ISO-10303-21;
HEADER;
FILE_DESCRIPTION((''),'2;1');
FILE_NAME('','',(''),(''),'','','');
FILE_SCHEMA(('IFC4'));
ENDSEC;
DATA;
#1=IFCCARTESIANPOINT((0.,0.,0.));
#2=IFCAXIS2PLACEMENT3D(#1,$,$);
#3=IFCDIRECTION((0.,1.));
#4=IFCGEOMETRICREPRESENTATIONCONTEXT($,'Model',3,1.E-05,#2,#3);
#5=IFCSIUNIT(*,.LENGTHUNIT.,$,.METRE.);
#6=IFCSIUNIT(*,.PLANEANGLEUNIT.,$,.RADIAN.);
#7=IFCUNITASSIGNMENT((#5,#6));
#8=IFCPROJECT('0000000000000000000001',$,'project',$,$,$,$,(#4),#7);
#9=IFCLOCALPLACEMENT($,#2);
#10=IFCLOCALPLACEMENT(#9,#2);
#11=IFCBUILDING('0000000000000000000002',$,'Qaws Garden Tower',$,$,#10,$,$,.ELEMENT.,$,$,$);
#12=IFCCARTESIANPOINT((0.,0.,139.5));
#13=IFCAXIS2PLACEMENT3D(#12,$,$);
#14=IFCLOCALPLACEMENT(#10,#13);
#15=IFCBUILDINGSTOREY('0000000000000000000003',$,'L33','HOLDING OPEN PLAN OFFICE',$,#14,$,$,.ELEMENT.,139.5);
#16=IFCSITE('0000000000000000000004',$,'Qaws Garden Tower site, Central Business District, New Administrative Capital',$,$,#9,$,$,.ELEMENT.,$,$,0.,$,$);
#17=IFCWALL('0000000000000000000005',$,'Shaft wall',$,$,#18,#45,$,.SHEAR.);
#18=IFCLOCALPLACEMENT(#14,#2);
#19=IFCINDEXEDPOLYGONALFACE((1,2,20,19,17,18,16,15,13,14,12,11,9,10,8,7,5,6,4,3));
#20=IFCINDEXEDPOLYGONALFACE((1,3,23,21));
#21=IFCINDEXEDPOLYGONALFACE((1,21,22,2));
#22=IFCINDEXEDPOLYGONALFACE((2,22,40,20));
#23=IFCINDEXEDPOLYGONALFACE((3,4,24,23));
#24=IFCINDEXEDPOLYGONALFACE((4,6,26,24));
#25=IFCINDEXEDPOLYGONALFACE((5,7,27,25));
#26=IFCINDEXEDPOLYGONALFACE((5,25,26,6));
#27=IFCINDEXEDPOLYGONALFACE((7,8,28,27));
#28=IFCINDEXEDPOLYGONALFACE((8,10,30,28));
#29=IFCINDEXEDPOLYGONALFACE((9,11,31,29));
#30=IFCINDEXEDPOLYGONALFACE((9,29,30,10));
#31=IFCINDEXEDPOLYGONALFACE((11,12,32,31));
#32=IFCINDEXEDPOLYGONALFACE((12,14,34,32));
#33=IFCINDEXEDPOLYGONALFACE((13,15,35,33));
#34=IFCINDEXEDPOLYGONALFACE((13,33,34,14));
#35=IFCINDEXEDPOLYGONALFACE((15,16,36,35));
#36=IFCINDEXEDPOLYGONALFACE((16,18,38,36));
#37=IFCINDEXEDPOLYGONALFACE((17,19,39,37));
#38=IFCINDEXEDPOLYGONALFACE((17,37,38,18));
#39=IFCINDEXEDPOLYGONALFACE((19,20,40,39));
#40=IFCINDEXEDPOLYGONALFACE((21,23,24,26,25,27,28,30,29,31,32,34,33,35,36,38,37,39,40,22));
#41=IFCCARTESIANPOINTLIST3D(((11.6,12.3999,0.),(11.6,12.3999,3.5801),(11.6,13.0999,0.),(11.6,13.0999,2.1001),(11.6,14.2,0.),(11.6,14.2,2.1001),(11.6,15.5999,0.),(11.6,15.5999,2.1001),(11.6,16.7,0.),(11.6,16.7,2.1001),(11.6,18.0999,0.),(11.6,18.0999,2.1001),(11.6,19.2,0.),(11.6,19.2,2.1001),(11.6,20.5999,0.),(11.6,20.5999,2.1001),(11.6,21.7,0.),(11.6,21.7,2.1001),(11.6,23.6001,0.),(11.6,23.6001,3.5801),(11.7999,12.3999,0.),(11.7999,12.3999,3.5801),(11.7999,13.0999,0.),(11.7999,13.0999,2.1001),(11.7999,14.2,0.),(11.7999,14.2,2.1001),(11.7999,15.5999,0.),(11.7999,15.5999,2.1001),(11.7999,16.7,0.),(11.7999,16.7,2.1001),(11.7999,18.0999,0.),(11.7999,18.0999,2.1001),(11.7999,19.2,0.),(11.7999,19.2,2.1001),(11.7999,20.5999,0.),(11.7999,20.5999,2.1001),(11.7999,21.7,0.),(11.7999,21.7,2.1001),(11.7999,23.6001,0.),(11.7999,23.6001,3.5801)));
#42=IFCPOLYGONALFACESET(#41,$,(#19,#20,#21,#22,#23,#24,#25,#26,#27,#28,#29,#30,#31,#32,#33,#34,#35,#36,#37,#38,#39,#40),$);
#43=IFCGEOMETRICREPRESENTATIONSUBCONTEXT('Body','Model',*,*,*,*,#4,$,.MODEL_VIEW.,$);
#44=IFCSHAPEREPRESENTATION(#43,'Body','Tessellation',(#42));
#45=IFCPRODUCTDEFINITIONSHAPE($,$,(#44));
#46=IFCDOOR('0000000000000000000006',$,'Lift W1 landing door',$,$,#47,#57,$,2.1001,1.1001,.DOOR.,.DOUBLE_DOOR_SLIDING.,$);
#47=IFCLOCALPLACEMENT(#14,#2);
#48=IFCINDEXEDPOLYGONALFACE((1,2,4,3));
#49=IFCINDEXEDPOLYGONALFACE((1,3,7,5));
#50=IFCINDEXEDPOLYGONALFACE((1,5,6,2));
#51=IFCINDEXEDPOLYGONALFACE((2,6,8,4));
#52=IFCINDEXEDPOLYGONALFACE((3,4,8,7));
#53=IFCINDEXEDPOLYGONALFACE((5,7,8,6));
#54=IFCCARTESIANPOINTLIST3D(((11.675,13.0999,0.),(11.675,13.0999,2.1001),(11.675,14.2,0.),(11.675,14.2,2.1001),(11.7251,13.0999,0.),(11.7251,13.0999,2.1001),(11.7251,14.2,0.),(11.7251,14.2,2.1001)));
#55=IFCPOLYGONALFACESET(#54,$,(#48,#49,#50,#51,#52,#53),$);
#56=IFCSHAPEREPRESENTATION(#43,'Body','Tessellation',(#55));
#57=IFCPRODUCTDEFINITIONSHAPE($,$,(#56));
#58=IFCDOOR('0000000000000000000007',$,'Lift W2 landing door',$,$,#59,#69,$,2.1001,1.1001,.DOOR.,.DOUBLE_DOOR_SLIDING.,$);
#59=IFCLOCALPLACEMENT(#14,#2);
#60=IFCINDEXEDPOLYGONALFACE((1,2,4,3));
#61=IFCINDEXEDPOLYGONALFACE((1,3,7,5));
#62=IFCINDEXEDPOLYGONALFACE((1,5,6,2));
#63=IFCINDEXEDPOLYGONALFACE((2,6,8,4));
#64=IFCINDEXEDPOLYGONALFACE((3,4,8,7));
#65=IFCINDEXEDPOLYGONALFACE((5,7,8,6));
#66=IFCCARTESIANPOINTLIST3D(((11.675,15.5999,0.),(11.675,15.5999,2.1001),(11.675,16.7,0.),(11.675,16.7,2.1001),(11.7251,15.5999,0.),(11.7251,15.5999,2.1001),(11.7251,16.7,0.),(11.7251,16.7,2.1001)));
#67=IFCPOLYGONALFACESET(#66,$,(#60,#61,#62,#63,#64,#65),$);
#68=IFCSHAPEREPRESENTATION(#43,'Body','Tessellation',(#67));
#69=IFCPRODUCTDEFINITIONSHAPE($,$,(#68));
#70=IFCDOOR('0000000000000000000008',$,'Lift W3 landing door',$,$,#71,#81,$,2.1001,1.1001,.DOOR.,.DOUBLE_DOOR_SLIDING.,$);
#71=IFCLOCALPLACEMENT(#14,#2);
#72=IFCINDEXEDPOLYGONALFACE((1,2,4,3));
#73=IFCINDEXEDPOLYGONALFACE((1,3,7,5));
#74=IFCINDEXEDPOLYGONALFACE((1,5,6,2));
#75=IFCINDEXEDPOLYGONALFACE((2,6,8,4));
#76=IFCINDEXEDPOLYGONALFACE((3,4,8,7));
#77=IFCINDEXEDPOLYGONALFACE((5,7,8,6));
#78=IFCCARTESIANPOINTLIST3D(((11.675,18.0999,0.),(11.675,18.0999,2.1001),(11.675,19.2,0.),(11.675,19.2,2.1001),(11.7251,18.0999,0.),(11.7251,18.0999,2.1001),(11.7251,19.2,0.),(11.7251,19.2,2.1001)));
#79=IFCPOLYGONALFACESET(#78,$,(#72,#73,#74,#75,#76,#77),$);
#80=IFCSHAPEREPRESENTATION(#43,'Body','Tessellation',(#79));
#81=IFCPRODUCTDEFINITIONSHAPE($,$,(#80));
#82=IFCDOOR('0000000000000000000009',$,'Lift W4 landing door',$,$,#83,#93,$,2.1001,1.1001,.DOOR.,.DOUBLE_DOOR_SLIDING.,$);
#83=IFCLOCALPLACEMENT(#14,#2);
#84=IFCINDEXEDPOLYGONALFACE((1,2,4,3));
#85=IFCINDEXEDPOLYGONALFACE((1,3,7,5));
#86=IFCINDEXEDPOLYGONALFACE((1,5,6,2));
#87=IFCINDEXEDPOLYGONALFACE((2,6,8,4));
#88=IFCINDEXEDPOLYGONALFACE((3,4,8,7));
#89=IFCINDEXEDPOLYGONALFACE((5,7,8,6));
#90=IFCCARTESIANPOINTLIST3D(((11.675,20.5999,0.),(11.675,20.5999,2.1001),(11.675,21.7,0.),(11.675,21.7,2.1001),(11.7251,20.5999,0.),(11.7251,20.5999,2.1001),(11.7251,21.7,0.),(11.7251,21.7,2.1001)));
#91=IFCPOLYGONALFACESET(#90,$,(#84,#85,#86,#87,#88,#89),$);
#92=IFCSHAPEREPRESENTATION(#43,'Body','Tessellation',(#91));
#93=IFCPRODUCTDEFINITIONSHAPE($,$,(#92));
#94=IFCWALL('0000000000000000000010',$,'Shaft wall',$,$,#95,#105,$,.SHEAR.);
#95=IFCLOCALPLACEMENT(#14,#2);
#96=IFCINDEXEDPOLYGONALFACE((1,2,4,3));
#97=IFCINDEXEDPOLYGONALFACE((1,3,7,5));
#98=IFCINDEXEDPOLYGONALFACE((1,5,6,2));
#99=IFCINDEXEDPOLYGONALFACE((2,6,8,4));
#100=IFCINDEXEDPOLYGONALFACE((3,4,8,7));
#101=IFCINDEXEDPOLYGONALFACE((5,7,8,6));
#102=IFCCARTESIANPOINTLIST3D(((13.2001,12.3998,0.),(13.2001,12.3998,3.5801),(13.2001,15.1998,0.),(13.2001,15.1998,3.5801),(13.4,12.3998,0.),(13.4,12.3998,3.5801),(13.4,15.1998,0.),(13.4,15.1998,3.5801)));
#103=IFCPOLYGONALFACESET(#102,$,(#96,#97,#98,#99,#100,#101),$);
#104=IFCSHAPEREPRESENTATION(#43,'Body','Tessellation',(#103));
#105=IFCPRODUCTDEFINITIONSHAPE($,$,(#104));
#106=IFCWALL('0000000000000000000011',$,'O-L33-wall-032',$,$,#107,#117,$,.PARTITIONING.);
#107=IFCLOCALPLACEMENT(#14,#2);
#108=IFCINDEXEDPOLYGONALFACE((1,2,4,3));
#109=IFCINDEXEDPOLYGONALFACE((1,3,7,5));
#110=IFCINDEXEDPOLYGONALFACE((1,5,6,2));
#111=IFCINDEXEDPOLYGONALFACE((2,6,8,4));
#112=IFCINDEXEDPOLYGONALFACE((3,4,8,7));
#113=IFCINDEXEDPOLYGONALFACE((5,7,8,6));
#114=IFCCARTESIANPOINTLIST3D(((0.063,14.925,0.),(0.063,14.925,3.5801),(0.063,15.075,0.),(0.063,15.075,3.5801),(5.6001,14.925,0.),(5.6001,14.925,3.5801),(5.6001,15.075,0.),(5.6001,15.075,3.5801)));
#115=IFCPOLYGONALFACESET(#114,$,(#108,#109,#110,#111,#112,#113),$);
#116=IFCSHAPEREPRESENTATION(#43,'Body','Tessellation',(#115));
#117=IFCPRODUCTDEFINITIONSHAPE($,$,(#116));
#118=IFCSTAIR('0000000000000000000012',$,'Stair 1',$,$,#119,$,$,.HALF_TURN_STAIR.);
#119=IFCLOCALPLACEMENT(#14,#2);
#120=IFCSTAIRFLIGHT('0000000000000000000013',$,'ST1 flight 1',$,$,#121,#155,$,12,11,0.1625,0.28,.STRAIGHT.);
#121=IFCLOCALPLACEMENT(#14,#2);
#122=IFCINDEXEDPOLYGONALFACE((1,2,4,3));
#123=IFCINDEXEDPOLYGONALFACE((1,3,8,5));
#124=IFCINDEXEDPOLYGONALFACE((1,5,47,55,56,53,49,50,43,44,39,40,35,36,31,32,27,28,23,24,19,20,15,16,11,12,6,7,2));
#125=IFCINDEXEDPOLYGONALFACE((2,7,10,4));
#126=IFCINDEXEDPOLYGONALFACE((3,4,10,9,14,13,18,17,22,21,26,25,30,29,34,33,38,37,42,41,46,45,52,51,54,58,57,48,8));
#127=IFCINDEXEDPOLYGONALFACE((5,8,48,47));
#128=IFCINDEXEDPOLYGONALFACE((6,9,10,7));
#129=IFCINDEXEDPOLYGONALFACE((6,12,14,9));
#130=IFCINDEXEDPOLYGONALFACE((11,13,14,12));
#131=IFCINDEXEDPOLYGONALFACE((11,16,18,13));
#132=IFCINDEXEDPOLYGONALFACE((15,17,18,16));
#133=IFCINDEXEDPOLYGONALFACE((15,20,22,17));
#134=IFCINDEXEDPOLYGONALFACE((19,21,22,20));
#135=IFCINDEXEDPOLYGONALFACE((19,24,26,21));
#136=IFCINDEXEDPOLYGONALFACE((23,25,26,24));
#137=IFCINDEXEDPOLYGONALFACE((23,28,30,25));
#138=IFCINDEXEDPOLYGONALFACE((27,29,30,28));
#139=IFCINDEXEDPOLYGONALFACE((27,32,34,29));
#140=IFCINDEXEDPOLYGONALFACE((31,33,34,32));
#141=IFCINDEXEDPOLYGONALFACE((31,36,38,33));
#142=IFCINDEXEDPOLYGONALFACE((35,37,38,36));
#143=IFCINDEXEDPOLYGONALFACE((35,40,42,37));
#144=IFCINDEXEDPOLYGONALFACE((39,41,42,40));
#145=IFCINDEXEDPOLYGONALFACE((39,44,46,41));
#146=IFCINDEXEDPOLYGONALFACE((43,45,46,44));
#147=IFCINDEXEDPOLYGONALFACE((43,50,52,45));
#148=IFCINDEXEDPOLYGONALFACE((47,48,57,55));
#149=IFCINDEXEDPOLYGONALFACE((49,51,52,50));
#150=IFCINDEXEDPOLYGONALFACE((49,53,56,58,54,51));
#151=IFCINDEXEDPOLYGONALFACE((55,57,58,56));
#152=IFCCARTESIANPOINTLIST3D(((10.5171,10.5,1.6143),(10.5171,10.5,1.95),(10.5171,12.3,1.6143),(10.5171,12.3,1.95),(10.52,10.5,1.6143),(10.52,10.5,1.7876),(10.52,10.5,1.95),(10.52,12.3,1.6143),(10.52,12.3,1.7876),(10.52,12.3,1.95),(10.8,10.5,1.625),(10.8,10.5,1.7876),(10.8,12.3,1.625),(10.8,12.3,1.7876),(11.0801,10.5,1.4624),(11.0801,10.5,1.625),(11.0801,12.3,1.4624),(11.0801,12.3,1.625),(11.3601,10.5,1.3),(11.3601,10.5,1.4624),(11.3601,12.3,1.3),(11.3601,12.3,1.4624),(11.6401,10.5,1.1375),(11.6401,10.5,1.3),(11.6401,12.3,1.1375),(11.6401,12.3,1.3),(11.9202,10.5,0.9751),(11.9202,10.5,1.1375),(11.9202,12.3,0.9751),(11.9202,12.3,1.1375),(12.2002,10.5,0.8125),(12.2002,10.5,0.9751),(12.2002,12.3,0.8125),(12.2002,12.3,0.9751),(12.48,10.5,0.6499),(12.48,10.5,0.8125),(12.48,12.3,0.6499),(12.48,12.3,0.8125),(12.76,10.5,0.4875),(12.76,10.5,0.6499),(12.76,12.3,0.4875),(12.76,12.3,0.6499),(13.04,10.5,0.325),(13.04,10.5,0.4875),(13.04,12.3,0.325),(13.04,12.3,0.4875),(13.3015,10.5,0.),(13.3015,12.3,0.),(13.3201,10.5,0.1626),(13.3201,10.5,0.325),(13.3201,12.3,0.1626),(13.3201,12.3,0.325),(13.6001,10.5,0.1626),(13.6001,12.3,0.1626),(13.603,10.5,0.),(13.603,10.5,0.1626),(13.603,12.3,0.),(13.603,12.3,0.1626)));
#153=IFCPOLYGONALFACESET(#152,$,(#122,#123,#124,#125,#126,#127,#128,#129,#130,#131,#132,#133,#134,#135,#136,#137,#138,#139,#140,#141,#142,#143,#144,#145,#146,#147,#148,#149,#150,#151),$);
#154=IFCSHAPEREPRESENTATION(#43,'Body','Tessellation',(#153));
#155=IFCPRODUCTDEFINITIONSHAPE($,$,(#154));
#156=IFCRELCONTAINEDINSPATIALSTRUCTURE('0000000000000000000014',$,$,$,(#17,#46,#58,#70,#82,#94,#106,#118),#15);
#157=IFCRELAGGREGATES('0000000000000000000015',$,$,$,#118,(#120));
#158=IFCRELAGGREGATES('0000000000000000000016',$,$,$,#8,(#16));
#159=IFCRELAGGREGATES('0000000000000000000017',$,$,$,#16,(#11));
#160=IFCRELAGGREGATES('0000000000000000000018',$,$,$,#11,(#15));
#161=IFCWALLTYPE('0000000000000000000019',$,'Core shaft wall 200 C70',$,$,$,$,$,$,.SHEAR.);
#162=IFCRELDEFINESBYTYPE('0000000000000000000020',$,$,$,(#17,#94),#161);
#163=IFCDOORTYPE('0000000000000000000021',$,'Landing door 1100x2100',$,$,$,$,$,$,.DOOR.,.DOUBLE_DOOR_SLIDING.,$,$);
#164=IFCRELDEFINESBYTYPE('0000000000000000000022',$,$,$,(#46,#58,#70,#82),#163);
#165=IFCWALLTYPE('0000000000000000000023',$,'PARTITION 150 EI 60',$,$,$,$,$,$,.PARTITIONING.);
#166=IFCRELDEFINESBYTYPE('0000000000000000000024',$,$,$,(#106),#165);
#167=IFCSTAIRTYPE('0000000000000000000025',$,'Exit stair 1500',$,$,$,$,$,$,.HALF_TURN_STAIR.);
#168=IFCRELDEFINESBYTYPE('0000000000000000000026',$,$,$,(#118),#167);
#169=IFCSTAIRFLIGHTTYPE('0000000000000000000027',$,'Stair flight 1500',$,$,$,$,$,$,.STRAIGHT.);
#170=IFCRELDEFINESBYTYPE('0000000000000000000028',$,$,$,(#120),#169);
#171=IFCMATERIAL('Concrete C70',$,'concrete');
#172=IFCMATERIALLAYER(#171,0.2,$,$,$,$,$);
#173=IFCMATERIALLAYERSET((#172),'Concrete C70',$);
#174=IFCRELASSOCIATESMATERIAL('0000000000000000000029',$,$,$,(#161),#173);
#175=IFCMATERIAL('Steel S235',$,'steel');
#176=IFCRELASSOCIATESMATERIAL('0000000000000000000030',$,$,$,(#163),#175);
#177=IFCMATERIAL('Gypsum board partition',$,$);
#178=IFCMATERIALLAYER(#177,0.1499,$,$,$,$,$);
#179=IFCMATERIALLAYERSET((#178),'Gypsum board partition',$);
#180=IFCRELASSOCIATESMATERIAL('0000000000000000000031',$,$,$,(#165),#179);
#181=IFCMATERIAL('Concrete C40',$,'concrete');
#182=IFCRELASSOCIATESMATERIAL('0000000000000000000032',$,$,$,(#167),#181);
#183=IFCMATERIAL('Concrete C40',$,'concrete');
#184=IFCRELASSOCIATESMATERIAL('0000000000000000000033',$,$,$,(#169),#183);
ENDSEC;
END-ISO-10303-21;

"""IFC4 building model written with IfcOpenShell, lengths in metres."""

from ifc_helpers import new_model, si_unit, direction, frame, frame_2d, origin, place, context, subcontext, project, spatial, polyline, rectangle, outline, extrude, material, layer, layer_set, type_object, element, fill, aggregate, save


model = new_model("IFC4")

# Units and contexts
model_context = context("Model", 3, precision=1e-05, world=origin(), true_north=direction((0.0, 1.0)))
body_context = subcontext(model_context, "Body", "Model", "MODEL_VIEW")
ifc_project = project(units=[si_unit("LENGTHUNIT", "METRE"), si_unit("PLANEANGLEUNIT", "RADIAN")], contexts=[model_context])

# Site, building, storey
site_placement = place(None, origin())
site = spatial("IfcSite", under=ifc_project, at=site_placement, Name="Qaws Garden Tower site, Central Business District, New Administrative Capital", CompositionType="ELEMENT", RefElevation=0.0)
building_placement = place(site_placement, origin())
building = spatial("IfcBuilding", under=site, at=building_placement, Name="Qaws Garden Tower", CompositionType="ELEMENT")
storey_placement = place(building_placement, frame((0.0, 0.0, 139.5)))
storey = spatial("IfcBuildingStorey", under=building, at=storey_placement, Name="L33", Description="HOLDING OPEN PLAN OFFICE", CompositionType="ELEMENT", Elevation=139.5)

# Shared definitions
ifc_material_1 = material(Name="Concrete C70", Category="concrete")
ifc_layer_1 = layer(ifc_material_1, 0.2)
ifc_layer_set_1 = layer_set([ifc_layer_1], Name="Concrete C70")
wall_type_1 = type_object("IfcWallType", Name="Core shaft wall 200 C70", PredefinedType="SHEAR", material=ifc_layer_set_1)

# Wall, openings, doors
wall_1_placement = place(storey_placement, frame((11.7, 12.3999, 0.0), z_axis=(0.0, 0.0, 1.0), x_axis=(0.0, 1.0, 0.0)))
wall_1 = element("IfcWall", 1, at=wall_1_placement, inside=storey, type_object=wall_type_1, Name="Shaft wall", PredefinedType="SHEAR", context=body_context, shape_type="SweptSolid", body=[
    extrude(rectangle(XDim=11.2002, YDim=0.2, at=frame_2d((5.6001, 0.0))), origin(), (0.0, 0.0, 1.0), 3.5801),
])
opening_1_placement = place(wall_1_placement, frame((0.7, 0.0, 0.0)))
opening_1 = element("IfcOpeningElement", 2, at=opening_1_placement, cuts=wall_1, PredefinedType="OPENING", context=body_context, shape_type="SweptSolid", body=[
    extrude(rectangle(XDim=1.1001, YDim=2.1001, at=frame_2d((0.55, 1.05))), frame((0.0, 0.1099, 0.0), z_axis=(0.0, -1.0, 0.0), x_axis=(1.0, 0.0, 0.0)), (0.0, 0.0, 1.0), 0.22),
])
opening_2_placement = place(wall_1_placement, frame((3.2, 0.0, 0.0)))
opening_2 = element("IfcOpeningElement", 3, at=opening_2_placement, cuts=wall_1, PredefinedType="OPENING", context=body_context, shape_type="SweptSolid", body=[
    extrude(rectangle(XDim=1.1001, YDim=2.1001, at=frame_2d((0.55, 1.05))), frame((0.0, 0.1099, 0.0), z_axis=(0.0, -1.0, 0.0), x_axis=(1.0, 0.0, 0.0)), (0.0, 0.0, 1.0), 0.22),
])
opening_3_placement = place(wall_1_placement, frame((5.7, 0.0, 0.0)))
opening_3 = element("IfcOpeningElement", 4, at=opening_3_placement, cuts=wall_1, PredefinedType="OPENING", context=body_context, shape_type="SweptSolid", body=[
    extrude(rectangle(XDim=1.1001, YDim=2.1001, at=frame_2d((0.55, 1.05))), frame((0.0, 0.1099, 0.0), z_axis=(0.0, -1.0, 0.0), x_axis=(1.0, 0.0, 0.0)), (0.0, 0.0, 1.0), 0.22),
])
opening_4_placement = place(wall_1_placement, frame((8.2, 0.0, 0.0)))
opening_4 = element("IfcOpeningElement", 5, at=opening_4_placement, cuts=wall_1, PredefinedType="OPENING", context=body_context, shape_type="SweptSolid", body=[
    extrude(rectangle(XDim=1.1001, YDim=2.1001, at=frame_2d((0.55, 1.05))), frame((0.0, 0.1099, 0.0), z_axis=(0.0, -1.0, 0.0), x_axis=(1.0, 0.0, 0.0)), (0.0, 0.0, 1.0), 0.22),
])
ifc_material_2 = material(Name="Steel S235", Category="steel")
door_type = type_object("IfcDoorType", Name="Landing door 1100x2100", OperationType="DOUBLE_DOOR_SLIDING", PredefinedType="DOOR", material=ifc_material_2)
door_1_placement = place(opening_1_placement, origin())
door_1 = element("IfcDoor", 6, at=door_1_placement, inside=storey, type_object=door_type, Name="Lift W1 landing door", OperationType="DOUBLE_DOOR_SLIDING", OverallHeight=2.1001, OverallWidth=1.1001, PredefinedType="DOOR", context=body_context, shape_type="SweptSolid", body=[
    extrude(rectangle(XDim=1.1001, YDim=2.1001, at=frame_2d((0.55, 1.05))), frame((0.0, 0.0249, 0.0), z_axis=(0.0, -1.0, 0.0), x_axis=(1.0, 0.0, 0.0)), (0.0, 0.0, 1.0), 0.05),
])
fill(opening_1, door_1)
door_2_placement = place(opening_2_placement, origin())
door_2 = element("IfcDoor", 7, at=door_2_placement, inside=storey, type_object=door_type, Name="Lift W2 landing door", OperationType="DOUBLE_DOOR_SLIDING", OverallHeight=2.1001, OverallWidth=1.1001, PredefinedType="DOOR", context=body_context, shape_type="SweptSolid", body=[
    extrude(rectangle(XDim=1.1001, YDim=2.1001, at=frame_2d((0.55, 1.05))), frame((0.0, 0.0249, 0.0), z_axis=(0.0, -1.0, 0.0), x_axis=(1.0, 0.0, 0.0)), (0.0, 0.0, 1.0), 0.05),
])
fill(opening_2, door_2)
door_3_placement = place(opening_3_placement, origin())
door_3 = element("IfcDoor", 8, at=door_3_placement, inside=storey, type_object=door_type, Name="Lift W3 landing door", OperationType="DOUBLE_DOOR_SLIDING", OverallHeight=2.1001, OverallWidth=1.1001, PredefinedType="DOOR", context=body_context, shape_type="SweptSolid", body=[
    extrude(rectangle(XDim=1.1001, YDim=2.1001, at=frame_2d((0.55, 1.05))), frame((0.0, 0.0249, 0.0), z_axis=(0.0, -1.0, 0.0), x_axis=(1.0, 0.0, 0.0)), (0.0, 0.0, 1.0), 0.05),
])
fill(opening_3, door_3)
door_4_placement = place(opening_4_placement, origin())
door_4 = element("IfcDoor", 9, at=door_4_placement, inside=storey, type_object=door_type, Name="Lift W4 landing door", OperationType="DOUBLE_DOOR_SLIDING", OverallHeight=2.1001, OverallWidth=1.1001, PredefinedType="DOOR", context=body_context, shape_type="SweptSolid", body=[
    extrude(rectangle(XDim=1.1001, YDim=2.1001, at=frame_2d((0.55, 1.05))), frame((0.0, 0.0249, 0.0), z_axis=(0.0, -1.0, 0.0), x_axis=(1.0, 0.0, 0.0)), (0.0, 0.0, 1.0), 0.05),
])
fill(opening_4, door_4)

# Walls
wall_2_placement = place(storey_placement, frame((13.3, 12.3999, 0.0), z_axis=(0.0, 0.0, 1.0), x_axis=(0.0, 1.0, 0.0)))
element("IfcWall", 10, at=wall_2_placement, inside=storey, type_object=wall_type_1, Name="Shaft wall", PredefinedType="SHEAR", context=body_context, shape_type="SweptSolid", body=[
    extrude(rectangle(XDim=2.8, YDim=0.2, at=frame_2d((1.3999, 0.0))), origin(), (0.0, 0.0, 1.0), 3.5801),
])
ifc_material_3 = material(Name="Gypsum board partition")
ifc_layer_2 = layer(ifc_material_3, 0.1499)
ifc_layer_set_2 = layer_set([ifc_layer_2], Name="Gypsum board partition")
wall_type_2 = type_object("IfcWallType", Name="PARTITION 150 EI 60", PredefinedType="PARTITIONING", material=ifc_layer_set_2)
wall_3_placement = place(storey_placement, frame((0.063, 15.0, 0.0), z_axis=(0.0, 0.0, 1.0), x_axis=(1.0, 0.0, 0.0)))
element("IfcWall", 11, at=wall_3_placement, inside=storey, type_object=wall_type_2, Name="O-L33-wall-032", PredefinedType="PARTITIONING", context=body_context, shape_type="SweptSolid", body=[
    extrude(rectangle(XDim=5.5371, YDim=0.1499, at=frame_2d((2.7686, 0.0))), origin(), (0.0, 0.0, 1.0), 3.5801),
])

# Stair, stair flight
ifc_material_4 = material(Name="Concrete C40", Category="concrete")
stair_type = type_object("IfcStairType", Name="Exit stair 1500", PredefinedType="HALF_TURN_STAIR", material=ifc_material_4)
stair_placement = place(storey_placement, origin())
stair = element("IfcStair", 12, at=stair_placement, inside=storey, type_object=stair_type, Name="Stair 1", PredefinedType="HALF_TURN_STAIR")
ifc_material_5 = material(Name="Concrete C40", Category="concrete")
stair_flight_type = type_object("IfcStairFlightType", Name="Stair flight 1500", PredefinedType="STRAIGHT", material=ifc_material_5)
stair_flight_1_placement = place(storey_placement, frame((13.6001, 11.3999, 0.0), z_axis=(0.0, 0.0, 1.0), x_axis=(-1.0, 0.0, 0.0)))
stair_flight_1 = element("IfcStairFlight", 13, at=stair_flight_1_placement, type_object=stair_flight_type, Name="ST1 flight 1", NumberOfRisers=12, NumberOfTreads=11, PredefinedType="STRAIGHT", RiserHeight=0.1625, TreadLength=0.28, context=body_context, shape_type="SweptSolid", body=[
    extrude(outline(polyline([(-0.0029, 0.0), (-0.0029, 0.1626), (0.0, 0.1626), (0.28, 0.1626), (0.28, 0.325), (0.5601, 0.325), (0.5601, 0.4875), (0.8401, 0.4875), (0.8401, 0.6499), (1.1201, 0.6499), (1.1201, 0.8125), (1.3999, 0.8125), (1.3999, 0.9751), (1.6799, 0.9751), (1.6799, 1.1375), (1.96, 1.1375), (1.96, 1.3), (2.24, 1.3), (2.24, 1.4624), (2.52, 1.4624), (2.52, 1.625), (2.8, 1.625), (2.8, 1.7876), (3.0801, 1.7876), (3.0801, 1.95), (3.083, 1.95), (3.083, 1.6143), (3.0801, 1.6143), (0.2986, 0.0), (-0.0029, 0.0)])), frame((0.0, 0.8999, 0.0), z_axis=(0.0, -1.0, 0.0), x_axis=(1.0, 0.0, 0.0)), (0.0, 0.0, 1.0), 1.8),
])
aggregate(stair, [stair_flight_1])

save(model, "model.ifc")
